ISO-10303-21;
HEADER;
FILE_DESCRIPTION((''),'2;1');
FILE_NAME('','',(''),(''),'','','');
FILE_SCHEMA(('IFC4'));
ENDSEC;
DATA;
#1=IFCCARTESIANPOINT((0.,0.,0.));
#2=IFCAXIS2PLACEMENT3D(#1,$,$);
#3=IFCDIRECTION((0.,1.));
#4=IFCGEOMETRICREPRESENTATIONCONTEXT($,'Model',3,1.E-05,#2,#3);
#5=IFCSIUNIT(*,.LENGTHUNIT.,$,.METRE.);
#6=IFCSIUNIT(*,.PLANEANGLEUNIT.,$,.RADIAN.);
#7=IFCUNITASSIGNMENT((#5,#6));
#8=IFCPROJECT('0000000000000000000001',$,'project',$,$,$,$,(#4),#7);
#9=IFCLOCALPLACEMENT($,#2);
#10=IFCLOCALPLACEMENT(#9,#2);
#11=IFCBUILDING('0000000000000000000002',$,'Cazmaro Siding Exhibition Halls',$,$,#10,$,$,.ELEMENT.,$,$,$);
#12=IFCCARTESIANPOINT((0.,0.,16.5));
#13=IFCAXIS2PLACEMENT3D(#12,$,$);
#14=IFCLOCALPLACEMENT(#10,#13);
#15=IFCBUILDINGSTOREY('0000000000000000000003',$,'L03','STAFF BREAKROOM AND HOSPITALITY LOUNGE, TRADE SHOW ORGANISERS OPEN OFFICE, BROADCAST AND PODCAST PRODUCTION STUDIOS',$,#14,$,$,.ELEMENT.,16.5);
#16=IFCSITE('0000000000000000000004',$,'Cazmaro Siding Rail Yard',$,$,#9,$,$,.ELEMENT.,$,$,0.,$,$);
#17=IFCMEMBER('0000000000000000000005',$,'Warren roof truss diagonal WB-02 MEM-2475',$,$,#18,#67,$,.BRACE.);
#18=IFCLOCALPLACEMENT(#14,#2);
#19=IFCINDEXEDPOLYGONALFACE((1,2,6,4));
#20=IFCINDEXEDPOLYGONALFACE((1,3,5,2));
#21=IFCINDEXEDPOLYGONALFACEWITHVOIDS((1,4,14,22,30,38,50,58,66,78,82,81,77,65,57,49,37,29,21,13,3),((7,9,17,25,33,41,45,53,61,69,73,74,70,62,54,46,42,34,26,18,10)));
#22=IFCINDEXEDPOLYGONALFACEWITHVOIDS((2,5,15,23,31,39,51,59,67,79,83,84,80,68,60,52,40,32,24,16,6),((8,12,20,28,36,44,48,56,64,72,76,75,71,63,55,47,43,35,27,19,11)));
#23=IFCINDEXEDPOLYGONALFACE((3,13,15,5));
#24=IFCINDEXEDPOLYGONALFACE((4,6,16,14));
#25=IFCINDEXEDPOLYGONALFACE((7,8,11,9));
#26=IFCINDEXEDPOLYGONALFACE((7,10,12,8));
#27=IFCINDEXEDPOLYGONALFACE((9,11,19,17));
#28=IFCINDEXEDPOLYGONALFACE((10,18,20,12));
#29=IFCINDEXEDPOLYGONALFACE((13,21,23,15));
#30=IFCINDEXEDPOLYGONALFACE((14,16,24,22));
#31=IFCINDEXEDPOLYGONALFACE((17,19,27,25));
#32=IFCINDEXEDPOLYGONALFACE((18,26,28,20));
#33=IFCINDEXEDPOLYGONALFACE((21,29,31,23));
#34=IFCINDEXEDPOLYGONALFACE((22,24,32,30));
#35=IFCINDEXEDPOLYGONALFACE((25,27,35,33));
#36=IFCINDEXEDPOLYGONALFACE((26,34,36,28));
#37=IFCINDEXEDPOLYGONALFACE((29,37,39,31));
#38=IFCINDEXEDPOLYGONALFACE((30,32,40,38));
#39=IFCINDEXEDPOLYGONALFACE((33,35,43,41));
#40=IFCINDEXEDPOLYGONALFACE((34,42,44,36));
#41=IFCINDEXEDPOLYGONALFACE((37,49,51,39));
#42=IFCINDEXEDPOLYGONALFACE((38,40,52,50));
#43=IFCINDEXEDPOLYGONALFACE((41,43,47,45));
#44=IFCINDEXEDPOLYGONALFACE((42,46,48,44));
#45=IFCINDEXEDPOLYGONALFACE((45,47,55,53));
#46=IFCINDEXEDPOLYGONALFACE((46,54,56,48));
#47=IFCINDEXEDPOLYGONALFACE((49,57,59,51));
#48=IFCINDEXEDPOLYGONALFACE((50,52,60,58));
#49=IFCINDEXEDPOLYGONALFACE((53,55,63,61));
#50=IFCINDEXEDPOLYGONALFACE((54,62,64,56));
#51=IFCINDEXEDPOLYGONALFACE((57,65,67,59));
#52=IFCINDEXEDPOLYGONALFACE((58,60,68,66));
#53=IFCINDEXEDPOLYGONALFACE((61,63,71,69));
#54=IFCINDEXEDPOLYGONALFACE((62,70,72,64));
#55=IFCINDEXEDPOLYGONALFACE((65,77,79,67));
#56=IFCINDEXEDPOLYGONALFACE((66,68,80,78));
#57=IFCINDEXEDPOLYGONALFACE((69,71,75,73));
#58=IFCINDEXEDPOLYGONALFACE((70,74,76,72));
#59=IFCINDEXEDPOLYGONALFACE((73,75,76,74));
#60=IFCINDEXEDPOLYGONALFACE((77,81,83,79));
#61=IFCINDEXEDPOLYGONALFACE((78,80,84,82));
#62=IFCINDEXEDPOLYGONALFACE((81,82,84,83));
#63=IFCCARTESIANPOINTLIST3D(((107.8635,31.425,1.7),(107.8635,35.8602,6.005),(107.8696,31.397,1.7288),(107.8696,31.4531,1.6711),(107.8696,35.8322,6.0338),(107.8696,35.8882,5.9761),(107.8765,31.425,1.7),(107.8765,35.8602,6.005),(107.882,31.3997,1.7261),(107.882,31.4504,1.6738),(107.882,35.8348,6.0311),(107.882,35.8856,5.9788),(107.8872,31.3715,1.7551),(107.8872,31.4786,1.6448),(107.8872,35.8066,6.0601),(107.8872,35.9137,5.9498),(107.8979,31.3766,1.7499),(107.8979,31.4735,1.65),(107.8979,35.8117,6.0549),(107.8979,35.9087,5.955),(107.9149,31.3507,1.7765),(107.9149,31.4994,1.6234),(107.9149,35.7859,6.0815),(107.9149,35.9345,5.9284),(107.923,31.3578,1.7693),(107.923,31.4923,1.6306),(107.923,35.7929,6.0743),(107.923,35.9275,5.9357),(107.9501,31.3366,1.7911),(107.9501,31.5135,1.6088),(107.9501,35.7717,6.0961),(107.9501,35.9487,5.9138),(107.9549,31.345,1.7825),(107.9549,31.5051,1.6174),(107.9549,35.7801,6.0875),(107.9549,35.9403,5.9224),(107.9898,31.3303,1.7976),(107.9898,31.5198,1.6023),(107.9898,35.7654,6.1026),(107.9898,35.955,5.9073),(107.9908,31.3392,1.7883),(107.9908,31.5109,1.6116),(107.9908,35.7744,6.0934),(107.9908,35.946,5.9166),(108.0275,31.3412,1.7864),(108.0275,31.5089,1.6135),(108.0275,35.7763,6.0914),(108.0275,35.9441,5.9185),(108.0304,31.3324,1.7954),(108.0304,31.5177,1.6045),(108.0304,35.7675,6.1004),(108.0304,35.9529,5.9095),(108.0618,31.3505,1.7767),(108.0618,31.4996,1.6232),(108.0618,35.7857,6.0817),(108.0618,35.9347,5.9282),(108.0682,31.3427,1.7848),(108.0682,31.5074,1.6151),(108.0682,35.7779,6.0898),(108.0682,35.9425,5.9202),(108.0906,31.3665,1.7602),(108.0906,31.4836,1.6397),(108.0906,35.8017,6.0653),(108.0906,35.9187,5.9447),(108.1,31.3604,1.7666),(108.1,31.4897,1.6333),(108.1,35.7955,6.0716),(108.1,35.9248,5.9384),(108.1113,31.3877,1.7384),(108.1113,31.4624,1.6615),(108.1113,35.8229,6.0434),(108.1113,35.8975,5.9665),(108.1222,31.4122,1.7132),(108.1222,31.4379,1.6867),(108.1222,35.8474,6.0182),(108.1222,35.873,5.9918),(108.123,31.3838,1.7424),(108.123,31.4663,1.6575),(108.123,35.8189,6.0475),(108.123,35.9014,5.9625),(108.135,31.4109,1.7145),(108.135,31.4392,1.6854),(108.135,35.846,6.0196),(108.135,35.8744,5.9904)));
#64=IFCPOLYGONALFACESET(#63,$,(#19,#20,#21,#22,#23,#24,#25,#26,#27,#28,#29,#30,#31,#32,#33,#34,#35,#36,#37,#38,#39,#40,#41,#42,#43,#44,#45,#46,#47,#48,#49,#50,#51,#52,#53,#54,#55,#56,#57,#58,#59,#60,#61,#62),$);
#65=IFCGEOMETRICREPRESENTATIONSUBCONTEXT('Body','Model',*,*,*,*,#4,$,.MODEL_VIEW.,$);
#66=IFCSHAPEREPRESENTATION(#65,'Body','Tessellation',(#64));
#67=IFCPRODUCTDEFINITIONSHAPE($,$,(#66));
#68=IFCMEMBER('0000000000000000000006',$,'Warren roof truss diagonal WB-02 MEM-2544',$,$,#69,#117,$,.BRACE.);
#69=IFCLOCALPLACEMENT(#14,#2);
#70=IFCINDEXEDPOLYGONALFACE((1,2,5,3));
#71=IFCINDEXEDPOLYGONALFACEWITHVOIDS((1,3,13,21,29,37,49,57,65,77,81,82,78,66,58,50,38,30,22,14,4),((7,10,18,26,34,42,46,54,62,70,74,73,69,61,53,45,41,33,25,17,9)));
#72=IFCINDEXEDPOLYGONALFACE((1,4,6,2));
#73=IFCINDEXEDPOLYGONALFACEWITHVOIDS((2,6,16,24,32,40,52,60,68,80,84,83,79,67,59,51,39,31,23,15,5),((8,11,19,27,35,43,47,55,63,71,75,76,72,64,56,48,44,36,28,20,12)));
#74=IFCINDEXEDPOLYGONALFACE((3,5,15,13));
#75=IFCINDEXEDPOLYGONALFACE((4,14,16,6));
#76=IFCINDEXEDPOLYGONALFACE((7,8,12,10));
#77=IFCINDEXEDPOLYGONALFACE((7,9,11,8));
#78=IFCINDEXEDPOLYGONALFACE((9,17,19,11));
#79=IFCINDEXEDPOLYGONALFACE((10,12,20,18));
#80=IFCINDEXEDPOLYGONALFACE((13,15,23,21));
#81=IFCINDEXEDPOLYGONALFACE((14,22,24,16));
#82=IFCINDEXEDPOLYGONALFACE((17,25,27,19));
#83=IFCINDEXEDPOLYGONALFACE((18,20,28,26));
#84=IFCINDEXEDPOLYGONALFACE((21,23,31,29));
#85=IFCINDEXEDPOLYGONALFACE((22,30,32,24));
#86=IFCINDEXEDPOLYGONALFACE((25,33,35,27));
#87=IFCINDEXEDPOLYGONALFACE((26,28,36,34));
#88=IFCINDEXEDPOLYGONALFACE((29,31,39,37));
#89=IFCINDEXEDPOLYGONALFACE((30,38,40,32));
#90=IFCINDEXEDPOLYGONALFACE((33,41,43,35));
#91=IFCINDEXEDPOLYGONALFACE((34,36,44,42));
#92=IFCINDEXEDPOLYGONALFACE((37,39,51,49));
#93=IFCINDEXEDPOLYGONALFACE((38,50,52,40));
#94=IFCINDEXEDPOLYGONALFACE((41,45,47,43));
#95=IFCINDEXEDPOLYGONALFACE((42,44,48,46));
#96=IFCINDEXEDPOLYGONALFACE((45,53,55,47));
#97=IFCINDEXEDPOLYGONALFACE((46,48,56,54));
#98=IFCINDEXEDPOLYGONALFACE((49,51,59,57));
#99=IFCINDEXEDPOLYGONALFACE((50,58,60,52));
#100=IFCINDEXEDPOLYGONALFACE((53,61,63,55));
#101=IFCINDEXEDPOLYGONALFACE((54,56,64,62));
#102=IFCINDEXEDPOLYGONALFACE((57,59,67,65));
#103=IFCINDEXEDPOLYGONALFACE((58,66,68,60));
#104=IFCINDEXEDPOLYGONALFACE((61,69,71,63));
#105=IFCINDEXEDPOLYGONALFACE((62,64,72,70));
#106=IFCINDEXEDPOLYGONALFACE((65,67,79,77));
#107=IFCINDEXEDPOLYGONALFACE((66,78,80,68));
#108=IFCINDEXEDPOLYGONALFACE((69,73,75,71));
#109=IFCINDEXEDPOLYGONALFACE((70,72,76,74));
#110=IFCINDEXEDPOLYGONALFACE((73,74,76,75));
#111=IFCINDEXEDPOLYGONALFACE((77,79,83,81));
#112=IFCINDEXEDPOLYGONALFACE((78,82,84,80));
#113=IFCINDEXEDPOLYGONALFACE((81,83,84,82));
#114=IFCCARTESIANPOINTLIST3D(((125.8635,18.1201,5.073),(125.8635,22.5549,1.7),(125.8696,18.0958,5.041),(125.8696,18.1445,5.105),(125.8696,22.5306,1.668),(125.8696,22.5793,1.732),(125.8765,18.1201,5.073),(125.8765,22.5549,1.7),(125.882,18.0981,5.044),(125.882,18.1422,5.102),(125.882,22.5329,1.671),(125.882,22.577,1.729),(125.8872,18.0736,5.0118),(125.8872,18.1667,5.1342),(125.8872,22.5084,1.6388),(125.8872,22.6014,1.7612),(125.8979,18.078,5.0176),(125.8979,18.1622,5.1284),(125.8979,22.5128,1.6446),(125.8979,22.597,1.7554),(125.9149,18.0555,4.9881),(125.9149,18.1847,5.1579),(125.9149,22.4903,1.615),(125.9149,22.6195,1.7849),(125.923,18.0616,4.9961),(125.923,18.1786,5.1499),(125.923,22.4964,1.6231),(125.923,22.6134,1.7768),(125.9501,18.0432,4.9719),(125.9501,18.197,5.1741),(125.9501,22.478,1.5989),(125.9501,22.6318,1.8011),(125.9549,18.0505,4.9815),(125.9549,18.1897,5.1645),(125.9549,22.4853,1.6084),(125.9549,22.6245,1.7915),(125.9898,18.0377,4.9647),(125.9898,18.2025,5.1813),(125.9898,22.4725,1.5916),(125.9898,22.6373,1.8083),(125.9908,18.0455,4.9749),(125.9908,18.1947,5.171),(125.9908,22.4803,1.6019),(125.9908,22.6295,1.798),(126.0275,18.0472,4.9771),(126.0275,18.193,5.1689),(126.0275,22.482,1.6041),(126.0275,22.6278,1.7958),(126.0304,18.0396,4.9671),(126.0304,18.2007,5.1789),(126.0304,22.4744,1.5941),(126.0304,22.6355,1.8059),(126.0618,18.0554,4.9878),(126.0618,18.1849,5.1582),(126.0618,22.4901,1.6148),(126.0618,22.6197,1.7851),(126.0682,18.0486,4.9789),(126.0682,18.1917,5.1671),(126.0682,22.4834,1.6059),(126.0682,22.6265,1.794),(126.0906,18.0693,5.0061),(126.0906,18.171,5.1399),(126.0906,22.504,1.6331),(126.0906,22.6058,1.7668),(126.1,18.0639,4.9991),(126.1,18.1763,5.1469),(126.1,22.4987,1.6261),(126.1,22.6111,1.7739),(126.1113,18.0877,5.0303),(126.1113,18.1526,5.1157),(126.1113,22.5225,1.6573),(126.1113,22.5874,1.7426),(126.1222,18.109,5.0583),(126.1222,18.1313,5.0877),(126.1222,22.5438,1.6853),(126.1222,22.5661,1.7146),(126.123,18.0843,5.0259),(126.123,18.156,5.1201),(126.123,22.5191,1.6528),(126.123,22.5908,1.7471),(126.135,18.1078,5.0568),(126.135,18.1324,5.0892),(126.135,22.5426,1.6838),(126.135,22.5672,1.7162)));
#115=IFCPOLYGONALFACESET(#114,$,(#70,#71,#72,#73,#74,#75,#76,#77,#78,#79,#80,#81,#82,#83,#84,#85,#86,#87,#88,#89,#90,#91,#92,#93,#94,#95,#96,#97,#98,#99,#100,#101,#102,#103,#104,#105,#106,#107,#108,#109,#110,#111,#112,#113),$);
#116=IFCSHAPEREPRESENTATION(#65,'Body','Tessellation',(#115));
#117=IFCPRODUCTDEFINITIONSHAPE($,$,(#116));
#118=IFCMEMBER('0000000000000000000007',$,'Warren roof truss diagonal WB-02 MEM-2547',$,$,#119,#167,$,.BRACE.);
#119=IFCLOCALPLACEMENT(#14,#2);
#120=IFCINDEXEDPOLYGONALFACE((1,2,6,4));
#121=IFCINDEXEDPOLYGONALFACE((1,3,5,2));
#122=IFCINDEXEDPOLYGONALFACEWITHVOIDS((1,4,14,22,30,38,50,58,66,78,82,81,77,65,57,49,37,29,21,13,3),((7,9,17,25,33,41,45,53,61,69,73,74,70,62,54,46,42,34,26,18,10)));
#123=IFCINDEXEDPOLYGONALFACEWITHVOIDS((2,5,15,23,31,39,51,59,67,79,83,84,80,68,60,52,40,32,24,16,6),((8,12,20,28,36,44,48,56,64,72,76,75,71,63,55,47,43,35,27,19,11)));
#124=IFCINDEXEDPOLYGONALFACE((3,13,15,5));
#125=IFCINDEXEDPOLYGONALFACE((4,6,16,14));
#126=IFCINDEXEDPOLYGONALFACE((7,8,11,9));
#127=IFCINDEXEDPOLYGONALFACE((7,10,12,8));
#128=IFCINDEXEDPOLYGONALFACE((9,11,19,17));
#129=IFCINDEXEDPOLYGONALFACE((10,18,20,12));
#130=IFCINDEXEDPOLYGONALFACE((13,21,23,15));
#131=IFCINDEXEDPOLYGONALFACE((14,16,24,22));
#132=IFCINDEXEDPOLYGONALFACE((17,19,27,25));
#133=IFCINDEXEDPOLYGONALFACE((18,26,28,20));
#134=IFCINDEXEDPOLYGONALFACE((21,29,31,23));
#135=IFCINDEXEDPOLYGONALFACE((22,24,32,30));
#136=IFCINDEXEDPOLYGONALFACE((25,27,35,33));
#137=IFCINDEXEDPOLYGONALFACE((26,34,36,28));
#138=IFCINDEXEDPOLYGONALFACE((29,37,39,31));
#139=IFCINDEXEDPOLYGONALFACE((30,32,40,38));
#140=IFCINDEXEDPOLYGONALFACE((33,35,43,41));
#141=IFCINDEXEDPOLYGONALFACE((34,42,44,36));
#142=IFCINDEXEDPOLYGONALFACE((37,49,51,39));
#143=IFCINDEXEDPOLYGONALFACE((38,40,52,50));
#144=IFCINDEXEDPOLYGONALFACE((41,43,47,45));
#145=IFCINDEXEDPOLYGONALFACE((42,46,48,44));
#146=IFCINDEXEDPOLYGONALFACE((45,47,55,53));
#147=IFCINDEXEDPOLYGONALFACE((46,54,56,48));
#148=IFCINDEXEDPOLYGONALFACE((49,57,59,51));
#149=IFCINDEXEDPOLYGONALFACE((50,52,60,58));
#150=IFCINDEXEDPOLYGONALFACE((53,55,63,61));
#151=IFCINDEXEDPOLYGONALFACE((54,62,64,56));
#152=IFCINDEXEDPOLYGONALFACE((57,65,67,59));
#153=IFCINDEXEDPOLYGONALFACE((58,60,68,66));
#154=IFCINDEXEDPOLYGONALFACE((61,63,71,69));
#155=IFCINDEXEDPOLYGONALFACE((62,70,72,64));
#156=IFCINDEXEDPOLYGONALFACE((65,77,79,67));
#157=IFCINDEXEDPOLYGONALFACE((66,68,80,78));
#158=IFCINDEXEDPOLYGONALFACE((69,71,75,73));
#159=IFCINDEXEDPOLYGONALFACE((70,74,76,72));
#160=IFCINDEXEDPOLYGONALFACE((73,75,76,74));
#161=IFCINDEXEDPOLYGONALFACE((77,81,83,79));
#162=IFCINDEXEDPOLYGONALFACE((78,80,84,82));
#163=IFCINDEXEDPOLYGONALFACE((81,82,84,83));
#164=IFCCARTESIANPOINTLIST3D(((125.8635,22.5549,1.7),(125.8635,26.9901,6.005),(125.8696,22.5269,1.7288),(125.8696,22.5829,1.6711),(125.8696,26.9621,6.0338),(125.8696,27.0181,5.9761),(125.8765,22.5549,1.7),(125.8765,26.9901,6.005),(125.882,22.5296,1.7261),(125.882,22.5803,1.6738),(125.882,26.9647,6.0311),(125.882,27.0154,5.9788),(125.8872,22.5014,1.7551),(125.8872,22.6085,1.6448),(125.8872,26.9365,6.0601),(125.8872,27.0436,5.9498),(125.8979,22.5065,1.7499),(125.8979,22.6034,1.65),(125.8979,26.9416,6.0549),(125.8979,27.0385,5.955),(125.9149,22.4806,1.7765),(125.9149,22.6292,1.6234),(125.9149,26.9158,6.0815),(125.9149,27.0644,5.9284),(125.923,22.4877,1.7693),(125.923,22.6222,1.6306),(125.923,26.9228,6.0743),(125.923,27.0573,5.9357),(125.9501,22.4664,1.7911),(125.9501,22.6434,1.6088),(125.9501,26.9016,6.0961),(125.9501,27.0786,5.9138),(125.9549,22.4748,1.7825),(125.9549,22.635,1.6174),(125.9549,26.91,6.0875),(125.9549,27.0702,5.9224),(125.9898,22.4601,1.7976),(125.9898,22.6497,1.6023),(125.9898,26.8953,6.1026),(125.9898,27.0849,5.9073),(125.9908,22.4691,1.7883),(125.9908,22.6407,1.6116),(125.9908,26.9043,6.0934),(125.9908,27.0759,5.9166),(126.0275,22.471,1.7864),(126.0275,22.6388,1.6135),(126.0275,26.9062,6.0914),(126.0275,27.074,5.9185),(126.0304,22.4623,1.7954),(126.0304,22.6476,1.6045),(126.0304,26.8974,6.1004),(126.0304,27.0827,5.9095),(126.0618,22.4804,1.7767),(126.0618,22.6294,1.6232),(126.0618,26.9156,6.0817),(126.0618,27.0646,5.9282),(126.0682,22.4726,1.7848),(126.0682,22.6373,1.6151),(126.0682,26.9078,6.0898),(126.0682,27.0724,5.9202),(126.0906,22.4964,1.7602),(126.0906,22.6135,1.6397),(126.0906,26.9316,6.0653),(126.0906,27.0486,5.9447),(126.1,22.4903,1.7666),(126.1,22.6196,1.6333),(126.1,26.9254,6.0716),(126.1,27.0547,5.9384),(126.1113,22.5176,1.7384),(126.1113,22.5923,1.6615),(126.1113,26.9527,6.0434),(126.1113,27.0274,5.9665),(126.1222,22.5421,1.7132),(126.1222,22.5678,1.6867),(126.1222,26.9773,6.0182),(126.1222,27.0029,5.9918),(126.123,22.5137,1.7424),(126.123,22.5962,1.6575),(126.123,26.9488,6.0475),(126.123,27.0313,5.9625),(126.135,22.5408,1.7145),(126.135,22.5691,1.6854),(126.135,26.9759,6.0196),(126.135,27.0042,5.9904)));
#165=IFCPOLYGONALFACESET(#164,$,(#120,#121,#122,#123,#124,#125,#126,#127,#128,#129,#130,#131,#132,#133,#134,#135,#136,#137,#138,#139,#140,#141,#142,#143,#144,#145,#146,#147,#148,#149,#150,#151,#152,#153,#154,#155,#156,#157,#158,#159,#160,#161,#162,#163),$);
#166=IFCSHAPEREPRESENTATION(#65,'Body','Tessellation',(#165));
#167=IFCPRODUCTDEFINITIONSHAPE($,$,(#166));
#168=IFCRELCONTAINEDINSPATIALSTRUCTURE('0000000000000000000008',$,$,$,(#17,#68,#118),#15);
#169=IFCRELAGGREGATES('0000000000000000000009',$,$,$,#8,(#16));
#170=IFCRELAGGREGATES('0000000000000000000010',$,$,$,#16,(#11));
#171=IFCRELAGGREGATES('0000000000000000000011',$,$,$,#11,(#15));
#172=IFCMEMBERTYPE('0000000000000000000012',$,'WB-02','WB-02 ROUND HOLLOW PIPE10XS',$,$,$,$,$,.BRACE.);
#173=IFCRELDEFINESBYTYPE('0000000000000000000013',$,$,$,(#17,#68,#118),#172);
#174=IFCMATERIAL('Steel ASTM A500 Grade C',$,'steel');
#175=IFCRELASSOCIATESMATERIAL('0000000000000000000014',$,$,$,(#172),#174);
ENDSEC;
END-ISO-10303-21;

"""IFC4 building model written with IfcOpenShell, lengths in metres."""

from ifc_helpers import new_model, si_unit, direction, frame, origin, origin_2d, place, context, subcontext, project, spatial, hollow_circle, extrude, material, material_profile, profile_set, type_object, element, save


model = new_model("IFC4")

# Units and contexts
model_context = context("Model", 3, precision=1e-05, world=origin(), true_north=direction((0.0, 1.0)))
body_context = subcontext(model_context, "Body", "Model", "MODEL_VIEW")
ifc_project = project(units=[si_unit("LENGTHUNIT", "METRE"), si_unit("PLANEANGLEUNIT", "RADIAN")], contexts=[model_context])

# Site, building, storey
site_placement = place(None, origin())
site = spatial("IfcSite", under=ifc_project, at=site_placement, Name="Cazmaro Siding Rail Yard", CompositionType="ELEMENT", RefElevation=0.0)
building_placement = place(site_placement, origin())
building = spatial("IfcBuilding", under=site, at=building_placement, Name="Cazmaro Siding Exhibition Halls", CompositionType="ELEMENT")
storey_placement = place(building_placement, frame((0.0, 0.0, 16.5)))
storey = spatial("IfcBuildingStorey", under=building, at=storey_placement, Name="L03", Description="STAFF BREAKROOM AND HOSPITALITY LOUNGE, TRADE SHOW ORGANISERS OPEN OFFICE, BROADCAST AND PODCAST PRODUCTION STUDIOS", CompositionType="ELEMENT", Elevation=16.5)

# Members
ifc_material_1 = material(Name="Steel ASTM A500 Grade C", Category="steel")
ifc_material_profile_1 = material_profile(ifc_material_1, hollow_circle(Radius=0.1365, WallThickness=0.0129, at=origin_2d()), Name="PIPE10XS")
ifc_profile_set_1 = profile_set([ifc_material_profile_1], Name="Steel ASTM A500 Grade C")
member_type_1 = type_object("IfcMemberType", Name="WB-02", Description="WB-02 ROUND HOLLOW PIPE10XS", PredefinedType="BRACE", material=ifc_profile_set_1)
for number, where, z_axis, x_axis, name in (
    (1, (108.0, 31.425, 1.7), (0.0, 0.717555, 0.696502), (-1.0, 0.0, 0.0), "Warren roof truss diagonal WB-02 MEM-2475"),
):
    element("IfcMember", number, at=place(storey_placement, frame(where, z_axis=z_axis, x_axis=x_axis)), inside=storey, type_object=member_type_1, Name=name, PredefinedType="BRACE", context=body_context, shape_type="SweptSolid", body=[
        extrude(hollow_circle(Radius=0.1365, WallThickness=0.0129, at=origin_2d()), origin(), (0.0, 0.0, 1.0), 6.1809),
    ])
member_1_placement = place(storey_placement, frame((126.0, 18.1201, 5.073), z_axis=(0.0, 0.795938, -0.605378), x_axis=(-1.0, 0.0, 0.0)))
element("IfcMember", 2, at=member_1_placement, inside=storey, type_object=member_type_1, Name="Warren roof truss diagonal WB-02 MEM-2544", PredefinedType="BRACE", context=body_context, shape_type="SweptSolid", body=[
    extrude(hollow_circle(Radius=0.1365, WallThickness=0.0129, at=origin_2d()), origin(), (0.0, 0.0, 1.0), 5.5718),
])
for number, where, z_axis, x_axis, name in (
    (3, (126.0, 22.5549, 1.7), (0.0, 0.717555, 0.696502), (-1.0, 0.0, 0.0), "Warren roof truss diagonal WB-02 MEM-2547"),
):
    element("IfcMember", number, at=place(storey_placement, frame(where, z_axis=z_axis, x_axis=x_axis)), inside=storey, type_object=member_type_1, Name=name, PredefinedType="BRACE", context=body_context, shape_type="SweptSolid", body=[
        extrude(hollow_circle(Radius=0.1365, WallThickness=0.0129, at=origin_2d()), origin(), (0.0, 0.0, 1.0), 6.1809),
    ])

save(model, "model.ifc")
